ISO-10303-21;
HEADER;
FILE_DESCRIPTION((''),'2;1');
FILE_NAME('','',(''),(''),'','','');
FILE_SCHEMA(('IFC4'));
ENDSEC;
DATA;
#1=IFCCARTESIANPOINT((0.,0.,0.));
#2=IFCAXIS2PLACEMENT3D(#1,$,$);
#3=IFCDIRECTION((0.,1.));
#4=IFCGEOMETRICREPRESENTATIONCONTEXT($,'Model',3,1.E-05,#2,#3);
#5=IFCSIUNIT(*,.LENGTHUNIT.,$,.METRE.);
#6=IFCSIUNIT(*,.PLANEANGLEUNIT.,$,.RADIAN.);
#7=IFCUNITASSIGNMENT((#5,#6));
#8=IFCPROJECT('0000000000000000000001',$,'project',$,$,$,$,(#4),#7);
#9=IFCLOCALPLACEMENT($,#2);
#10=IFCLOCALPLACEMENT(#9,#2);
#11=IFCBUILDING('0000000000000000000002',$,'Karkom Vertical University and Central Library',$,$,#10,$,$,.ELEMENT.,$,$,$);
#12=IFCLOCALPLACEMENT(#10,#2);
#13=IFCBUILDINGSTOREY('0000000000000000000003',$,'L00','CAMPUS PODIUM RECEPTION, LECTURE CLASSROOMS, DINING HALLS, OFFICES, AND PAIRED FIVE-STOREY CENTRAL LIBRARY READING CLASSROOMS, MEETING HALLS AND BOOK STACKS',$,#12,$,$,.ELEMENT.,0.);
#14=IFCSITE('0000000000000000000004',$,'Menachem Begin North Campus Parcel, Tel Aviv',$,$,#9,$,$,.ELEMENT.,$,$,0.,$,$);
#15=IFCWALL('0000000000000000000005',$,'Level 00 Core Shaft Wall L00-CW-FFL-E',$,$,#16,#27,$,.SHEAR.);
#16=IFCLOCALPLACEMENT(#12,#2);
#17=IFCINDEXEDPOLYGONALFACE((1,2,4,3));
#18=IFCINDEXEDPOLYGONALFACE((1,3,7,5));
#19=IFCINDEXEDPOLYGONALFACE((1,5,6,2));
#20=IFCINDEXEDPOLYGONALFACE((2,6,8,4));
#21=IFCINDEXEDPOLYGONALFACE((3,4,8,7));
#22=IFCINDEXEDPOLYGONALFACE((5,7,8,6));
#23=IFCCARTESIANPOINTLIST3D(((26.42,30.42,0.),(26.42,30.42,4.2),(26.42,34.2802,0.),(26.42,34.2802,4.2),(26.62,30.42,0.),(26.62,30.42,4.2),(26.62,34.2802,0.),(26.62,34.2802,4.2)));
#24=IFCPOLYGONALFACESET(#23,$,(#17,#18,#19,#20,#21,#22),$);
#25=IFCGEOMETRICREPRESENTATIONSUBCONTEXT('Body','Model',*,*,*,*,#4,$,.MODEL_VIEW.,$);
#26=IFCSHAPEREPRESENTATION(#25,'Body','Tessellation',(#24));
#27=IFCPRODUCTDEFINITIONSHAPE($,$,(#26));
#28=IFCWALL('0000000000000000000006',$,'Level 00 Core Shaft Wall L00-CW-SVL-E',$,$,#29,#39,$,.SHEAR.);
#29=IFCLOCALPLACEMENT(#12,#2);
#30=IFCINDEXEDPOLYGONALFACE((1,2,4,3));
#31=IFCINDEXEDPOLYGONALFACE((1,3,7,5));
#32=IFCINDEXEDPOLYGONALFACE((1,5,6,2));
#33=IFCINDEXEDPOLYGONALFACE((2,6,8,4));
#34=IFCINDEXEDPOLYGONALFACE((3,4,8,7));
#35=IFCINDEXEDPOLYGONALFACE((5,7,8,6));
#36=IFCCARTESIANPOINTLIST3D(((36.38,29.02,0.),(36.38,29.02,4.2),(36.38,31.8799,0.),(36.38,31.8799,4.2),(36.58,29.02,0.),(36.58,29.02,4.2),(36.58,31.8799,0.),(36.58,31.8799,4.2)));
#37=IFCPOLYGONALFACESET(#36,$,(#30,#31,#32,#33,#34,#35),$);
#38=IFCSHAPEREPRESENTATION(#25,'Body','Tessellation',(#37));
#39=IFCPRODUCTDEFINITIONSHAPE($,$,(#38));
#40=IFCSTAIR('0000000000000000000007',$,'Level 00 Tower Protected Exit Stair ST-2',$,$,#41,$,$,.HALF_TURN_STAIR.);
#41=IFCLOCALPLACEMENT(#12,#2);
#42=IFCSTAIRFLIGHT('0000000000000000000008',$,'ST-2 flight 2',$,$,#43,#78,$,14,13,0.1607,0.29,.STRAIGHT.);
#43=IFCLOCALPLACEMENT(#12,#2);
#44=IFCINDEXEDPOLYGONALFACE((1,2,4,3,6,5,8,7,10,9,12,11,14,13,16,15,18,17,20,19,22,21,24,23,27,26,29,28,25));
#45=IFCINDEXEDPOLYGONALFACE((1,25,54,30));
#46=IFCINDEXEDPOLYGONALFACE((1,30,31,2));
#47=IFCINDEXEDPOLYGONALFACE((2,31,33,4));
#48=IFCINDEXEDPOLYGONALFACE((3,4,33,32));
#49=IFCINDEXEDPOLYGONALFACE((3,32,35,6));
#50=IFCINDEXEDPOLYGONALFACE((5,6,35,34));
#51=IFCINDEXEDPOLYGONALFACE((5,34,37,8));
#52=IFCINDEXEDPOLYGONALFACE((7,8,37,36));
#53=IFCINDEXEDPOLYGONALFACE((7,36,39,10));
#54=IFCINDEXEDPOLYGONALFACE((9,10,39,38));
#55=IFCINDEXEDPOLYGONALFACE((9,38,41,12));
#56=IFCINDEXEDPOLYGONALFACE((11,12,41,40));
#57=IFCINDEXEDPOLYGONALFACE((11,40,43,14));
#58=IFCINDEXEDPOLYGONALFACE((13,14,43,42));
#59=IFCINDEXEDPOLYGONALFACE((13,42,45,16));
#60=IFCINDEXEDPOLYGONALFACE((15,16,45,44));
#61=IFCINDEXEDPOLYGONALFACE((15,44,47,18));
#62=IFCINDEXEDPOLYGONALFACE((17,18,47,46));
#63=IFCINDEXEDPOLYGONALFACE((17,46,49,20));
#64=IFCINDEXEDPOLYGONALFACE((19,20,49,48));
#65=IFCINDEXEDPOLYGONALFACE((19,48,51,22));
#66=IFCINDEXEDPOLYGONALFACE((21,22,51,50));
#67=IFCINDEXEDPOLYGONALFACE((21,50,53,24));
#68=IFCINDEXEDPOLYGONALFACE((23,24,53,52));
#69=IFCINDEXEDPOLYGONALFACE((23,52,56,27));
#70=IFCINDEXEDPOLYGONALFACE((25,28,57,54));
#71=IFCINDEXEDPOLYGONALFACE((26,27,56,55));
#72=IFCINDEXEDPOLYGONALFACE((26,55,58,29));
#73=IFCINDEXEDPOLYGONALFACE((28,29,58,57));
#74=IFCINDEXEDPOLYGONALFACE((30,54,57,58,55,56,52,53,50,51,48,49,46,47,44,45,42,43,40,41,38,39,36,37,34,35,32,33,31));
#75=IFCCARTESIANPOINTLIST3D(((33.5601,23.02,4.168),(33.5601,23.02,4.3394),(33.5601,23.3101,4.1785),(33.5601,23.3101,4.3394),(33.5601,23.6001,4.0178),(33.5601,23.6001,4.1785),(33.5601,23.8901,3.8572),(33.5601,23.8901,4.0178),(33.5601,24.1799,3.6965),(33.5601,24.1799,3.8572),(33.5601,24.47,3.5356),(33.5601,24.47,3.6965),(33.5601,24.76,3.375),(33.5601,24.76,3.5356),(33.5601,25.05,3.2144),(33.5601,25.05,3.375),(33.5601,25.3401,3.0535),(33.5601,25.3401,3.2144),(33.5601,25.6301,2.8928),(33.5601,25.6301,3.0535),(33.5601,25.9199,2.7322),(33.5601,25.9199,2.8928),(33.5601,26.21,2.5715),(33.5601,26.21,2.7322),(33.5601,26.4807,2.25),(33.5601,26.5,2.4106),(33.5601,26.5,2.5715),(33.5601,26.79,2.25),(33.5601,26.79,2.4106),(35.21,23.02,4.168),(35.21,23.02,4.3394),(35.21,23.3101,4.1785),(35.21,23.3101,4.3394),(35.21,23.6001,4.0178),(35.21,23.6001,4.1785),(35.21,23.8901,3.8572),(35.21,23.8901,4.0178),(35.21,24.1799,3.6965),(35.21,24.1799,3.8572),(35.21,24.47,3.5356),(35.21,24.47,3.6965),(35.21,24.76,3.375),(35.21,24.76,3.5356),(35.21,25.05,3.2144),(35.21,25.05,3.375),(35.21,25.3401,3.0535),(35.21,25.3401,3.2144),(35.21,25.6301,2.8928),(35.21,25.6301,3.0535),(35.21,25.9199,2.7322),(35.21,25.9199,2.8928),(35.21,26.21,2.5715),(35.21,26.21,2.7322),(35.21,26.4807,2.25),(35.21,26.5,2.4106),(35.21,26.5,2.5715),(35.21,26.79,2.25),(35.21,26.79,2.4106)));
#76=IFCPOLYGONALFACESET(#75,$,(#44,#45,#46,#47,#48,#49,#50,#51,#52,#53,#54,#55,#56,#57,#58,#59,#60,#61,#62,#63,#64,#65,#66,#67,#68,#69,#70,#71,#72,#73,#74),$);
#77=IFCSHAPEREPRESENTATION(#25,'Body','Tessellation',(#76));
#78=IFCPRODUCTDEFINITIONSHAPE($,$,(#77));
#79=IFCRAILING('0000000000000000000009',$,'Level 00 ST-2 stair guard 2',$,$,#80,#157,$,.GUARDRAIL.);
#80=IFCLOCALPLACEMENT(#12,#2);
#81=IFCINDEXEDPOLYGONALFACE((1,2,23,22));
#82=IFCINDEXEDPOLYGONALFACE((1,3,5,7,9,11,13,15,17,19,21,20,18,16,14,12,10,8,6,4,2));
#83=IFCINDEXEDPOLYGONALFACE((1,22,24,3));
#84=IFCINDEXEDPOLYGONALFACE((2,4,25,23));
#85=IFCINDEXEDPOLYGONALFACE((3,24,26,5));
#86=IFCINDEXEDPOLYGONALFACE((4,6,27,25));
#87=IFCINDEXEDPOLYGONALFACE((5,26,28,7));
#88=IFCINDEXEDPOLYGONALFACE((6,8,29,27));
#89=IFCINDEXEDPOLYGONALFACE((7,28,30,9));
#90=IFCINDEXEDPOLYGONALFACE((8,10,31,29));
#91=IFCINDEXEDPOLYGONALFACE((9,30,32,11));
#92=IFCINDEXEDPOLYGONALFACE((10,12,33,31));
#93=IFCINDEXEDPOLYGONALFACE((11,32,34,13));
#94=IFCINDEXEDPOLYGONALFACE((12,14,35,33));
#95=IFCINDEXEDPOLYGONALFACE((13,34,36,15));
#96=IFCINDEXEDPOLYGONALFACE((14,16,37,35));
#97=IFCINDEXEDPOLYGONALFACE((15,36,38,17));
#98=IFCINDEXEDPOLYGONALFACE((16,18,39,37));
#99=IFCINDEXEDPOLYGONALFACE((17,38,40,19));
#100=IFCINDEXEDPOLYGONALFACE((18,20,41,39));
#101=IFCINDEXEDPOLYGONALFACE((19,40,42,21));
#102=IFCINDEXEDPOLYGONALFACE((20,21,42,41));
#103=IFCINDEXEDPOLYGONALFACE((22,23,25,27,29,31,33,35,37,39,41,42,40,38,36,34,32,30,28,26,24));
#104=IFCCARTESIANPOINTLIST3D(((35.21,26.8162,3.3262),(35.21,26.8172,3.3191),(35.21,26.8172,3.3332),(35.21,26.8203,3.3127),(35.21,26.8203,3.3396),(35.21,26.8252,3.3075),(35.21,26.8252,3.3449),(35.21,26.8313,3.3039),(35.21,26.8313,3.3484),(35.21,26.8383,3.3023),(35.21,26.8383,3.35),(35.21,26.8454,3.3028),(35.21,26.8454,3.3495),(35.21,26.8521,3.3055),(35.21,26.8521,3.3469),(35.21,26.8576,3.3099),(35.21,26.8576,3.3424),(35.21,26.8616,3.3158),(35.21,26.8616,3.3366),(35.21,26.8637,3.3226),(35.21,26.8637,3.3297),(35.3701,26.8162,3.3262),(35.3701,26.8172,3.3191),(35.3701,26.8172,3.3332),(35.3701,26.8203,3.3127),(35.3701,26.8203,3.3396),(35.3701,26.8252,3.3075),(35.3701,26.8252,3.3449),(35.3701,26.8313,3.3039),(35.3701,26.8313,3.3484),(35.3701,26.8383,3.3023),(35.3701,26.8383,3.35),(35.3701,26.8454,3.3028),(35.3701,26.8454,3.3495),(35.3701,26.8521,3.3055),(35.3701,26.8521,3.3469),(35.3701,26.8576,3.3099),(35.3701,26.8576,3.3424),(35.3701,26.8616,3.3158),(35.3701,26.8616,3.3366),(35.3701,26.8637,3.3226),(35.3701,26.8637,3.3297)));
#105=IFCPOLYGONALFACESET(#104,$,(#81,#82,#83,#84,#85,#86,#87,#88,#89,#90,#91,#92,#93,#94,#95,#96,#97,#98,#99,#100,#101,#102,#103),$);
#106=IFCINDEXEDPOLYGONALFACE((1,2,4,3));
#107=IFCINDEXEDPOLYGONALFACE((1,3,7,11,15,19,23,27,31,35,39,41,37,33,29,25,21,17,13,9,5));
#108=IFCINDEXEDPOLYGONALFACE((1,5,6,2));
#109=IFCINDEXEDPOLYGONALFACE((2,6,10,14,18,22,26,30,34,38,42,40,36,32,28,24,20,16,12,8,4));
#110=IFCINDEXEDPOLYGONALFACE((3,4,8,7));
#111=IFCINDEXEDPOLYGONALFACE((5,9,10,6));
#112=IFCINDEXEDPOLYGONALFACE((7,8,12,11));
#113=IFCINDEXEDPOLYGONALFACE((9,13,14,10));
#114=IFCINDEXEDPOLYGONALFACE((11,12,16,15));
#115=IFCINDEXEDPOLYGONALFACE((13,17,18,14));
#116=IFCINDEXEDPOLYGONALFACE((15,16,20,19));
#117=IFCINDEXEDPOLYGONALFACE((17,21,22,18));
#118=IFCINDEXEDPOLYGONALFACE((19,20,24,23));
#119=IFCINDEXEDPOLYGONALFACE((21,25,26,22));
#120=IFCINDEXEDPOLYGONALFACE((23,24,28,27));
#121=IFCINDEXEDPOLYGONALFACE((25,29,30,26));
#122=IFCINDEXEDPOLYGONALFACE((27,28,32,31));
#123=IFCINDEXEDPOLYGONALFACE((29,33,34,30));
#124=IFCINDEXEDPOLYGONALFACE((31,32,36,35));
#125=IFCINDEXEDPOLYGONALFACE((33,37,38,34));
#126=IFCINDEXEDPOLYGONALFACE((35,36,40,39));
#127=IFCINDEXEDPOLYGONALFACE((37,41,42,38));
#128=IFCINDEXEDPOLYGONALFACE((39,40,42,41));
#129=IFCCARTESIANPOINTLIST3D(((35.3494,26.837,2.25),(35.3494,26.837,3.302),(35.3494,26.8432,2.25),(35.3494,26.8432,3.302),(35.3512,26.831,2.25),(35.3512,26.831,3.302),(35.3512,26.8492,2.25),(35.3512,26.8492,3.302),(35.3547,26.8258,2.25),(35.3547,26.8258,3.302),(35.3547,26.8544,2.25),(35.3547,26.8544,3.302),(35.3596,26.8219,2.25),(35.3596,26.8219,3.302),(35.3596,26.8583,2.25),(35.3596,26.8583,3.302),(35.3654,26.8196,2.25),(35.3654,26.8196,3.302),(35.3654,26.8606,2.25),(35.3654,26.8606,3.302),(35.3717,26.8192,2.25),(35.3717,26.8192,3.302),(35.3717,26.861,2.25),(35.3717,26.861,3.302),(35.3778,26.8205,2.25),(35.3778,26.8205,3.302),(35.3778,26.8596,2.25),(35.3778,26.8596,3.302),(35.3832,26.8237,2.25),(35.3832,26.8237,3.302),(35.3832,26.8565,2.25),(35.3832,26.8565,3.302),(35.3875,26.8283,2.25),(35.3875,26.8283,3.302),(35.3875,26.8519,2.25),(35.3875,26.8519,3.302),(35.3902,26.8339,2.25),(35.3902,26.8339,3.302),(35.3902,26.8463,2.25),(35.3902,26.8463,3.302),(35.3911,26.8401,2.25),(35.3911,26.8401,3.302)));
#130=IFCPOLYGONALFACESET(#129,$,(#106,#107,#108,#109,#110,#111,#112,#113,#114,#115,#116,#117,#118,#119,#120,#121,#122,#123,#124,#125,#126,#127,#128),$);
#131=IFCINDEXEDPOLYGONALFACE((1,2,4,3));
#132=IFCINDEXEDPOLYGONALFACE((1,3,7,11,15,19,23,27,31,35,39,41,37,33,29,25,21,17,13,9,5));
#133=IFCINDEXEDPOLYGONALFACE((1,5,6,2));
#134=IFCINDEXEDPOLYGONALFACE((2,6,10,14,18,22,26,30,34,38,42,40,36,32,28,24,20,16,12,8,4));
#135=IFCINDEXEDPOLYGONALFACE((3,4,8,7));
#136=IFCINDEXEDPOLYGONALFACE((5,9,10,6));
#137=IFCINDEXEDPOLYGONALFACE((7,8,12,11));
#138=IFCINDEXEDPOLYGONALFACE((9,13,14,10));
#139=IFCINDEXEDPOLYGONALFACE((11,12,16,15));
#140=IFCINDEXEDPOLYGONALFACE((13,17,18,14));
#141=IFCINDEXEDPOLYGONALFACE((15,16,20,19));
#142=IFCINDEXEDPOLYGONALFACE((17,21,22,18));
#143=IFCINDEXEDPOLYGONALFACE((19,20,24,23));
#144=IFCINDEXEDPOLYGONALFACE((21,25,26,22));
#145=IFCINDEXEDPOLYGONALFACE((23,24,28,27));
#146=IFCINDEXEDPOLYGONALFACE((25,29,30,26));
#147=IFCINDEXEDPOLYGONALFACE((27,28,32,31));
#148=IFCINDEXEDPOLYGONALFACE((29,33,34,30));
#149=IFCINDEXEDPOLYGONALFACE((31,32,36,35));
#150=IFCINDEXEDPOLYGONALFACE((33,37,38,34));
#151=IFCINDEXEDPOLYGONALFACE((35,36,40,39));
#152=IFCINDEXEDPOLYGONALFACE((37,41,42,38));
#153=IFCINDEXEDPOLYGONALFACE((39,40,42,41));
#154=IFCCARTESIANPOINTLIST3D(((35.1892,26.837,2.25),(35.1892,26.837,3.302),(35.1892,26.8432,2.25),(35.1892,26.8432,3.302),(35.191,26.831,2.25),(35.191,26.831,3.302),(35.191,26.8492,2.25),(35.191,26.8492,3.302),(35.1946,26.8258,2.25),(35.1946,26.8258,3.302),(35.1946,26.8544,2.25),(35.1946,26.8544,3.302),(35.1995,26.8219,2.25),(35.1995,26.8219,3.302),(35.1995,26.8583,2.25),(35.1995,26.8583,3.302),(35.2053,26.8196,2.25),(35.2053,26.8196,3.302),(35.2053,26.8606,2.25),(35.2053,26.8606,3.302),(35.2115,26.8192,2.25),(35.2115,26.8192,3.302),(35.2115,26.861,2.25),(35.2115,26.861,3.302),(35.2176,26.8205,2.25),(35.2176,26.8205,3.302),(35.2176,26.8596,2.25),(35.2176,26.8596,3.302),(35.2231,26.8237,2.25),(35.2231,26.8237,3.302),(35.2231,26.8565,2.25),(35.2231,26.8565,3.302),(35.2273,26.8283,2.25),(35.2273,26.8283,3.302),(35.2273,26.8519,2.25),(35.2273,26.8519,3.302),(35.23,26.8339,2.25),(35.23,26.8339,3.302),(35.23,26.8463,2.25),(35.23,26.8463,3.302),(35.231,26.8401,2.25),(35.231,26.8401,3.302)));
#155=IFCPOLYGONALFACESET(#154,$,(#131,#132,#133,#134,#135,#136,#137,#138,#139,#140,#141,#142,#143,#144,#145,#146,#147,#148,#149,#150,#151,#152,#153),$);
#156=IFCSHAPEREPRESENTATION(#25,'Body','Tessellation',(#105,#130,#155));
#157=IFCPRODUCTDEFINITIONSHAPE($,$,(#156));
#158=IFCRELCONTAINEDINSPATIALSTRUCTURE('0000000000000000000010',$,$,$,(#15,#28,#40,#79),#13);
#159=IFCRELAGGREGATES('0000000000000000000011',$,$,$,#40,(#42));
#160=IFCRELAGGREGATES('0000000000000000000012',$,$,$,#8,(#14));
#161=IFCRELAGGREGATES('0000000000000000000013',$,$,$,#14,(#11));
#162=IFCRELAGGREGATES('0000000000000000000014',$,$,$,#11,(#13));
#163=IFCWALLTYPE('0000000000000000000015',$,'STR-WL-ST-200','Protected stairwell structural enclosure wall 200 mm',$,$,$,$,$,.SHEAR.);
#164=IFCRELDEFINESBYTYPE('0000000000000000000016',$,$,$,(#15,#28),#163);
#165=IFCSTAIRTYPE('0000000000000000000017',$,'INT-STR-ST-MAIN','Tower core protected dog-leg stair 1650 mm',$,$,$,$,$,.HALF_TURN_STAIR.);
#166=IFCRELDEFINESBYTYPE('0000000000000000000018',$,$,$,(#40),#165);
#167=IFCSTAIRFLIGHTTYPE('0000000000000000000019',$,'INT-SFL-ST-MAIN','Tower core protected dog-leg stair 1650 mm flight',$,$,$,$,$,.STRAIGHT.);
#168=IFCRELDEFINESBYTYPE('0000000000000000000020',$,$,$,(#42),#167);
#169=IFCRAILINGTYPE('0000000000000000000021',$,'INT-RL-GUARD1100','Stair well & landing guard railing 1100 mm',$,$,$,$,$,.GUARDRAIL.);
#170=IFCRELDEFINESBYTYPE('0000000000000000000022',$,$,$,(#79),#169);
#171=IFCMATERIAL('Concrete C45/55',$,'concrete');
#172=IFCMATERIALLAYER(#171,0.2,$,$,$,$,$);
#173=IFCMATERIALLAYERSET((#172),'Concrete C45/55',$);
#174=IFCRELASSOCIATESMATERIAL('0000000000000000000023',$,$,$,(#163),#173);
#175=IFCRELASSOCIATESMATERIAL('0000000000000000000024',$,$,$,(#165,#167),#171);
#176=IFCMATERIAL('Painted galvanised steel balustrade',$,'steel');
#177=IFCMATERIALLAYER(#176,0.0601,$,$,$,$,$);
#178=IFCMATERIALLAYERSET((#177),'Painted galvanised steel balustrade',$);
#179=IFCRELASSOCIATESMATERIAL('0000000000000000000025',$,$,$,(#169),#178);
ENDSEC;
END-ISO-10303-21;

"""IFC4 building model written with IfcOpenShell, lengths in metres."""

from ifc_helpers import new_model, si_unit, direction, frame, frame_2d, origin, origin_2d, place, context, subcontext, project, spatial, polyline, rectangle, circle, outline, extrude, material, layer, layer_set, type_object, element, aggregate, save


model = new_model("IFC4")

# Units and contexts
model_context = context("Model", 3, precision=1e-05, world=origin(), true_north=direction((0.0, 1.0)))
body_context = subcontext(model_context, "Body", "Model", "MODEL_VIEW")
ifc_project = project(units=[si_unit("LENGTHUNIT", "METRE"), si_unit("PLANEANGLEUNIT", "RADIAN")], contexts=[model_context])

# Site, building, storey
site_placement = place(None, origin())
site = spatial("IfcSite", under=ifc_project, at=site_placement, Name="Menachem Begin North Campus Parcel, Tel Aviv", CompositionType="ELEMENT", RefElevation=0.0)
building_placement = place(site_placement, origin())
building = spatial("IfcBuilding", under=site, at=building_placement, Name="Karkom Vertical University and Central Library", CompositionType="ELEMENT")
storey_placement = place(building_placement, origin())
storey = spatial("IfcBuildingStorey", under=building, at=storey_placement, Name="L00", Description="CAMPUS PODIUM RECEPTION, LECTURE CLASSROOMS, DINING HALLS, OFFICES, AND PAIRED FIVE-STOREY CENTRAL LIBRARY READING CLASSROOMS, MEETING HALLS AND BOOK STACKS", CompositionType="ELEMENT", Elevation=0.0)

# Walls
ifc_material_1 = material(Name="Concrete C45/55", Category="concrete")
ifc_layer_1 = layer(ifc_material_1, 0.2)
ifc_layer_set_1 = layer_set([ifc_layer_1], Name="Concrete C45/55")
wall_type_1 = type_object("IfcWallType", Name="STR-WL-ST-200", Description="Protected stairwell structural enclosure wall 200 mm", PredefinedType="SHEAR", material=ifc_layer_set_1)
wall_1_placement = place(storey_placement, frame((26.52, 30.4199, 0.0), z_axis=(0.0, 0.0, 1.0), x_axis=(0.0, 1.0, 0.0)))
element("IfcWall", 1, at=wall_1_placement, inside=storey, type_object=wall_type_1, Name="Level 00 Core Shaft Wall L00-CW-FFL-E", PredefinedType="SHEAR", context=body_context, shape_type="SweptSolid", body=[
    extrude(rectangle(XDim=3.8601, YDim=0.2, at=frame_2d((1.9302, 0.0))), origin(), (0.0, 0.0, 1.0), 4.2),
])
wall_2_placement = place(storey_placement, frame((36.48, 29.02, 0.0), z_axis=(0.0, 0.0, 1.0), x_axis=(0.0, 1.0, 0.0)))
element("IfcWall", 2, at=wall_2_placement, inside=storey, type_object=wall_type_1, Name="Level 00 Core Shaft Wall L00-CW-SVL-E", PredefinedType="SHEAR", context=body_context, shape_type="SweptSolid", body=[
    extrude(rectangle(XDim=2.8599, YDim=0.2, at=frame_2d((1.4299, 0.0))), origin(), (0.0, 0.0, 1.0), 4.2),
])

# Stair, stair flight
stair_type = type_object("IfcStairType", Name="INT-STR-ST-MAIN", Description="Tower core protected dog-leg stair 1650 mm", PredefinedType="HALF_TURN_STAIR", material=ifc_material_1)
stair_placement = place(storey_placement, origin())
stair = element("IfcStair", 3, at=stair_placement, inside=storey, type_object=stair_type, Name="Level 00 Tower Protected Exit Stair ST-2", PredefinedType="HALF_TURN_STAIR")
stair_flight_type = type_object("IfcStairFlightType", Name="INT-SFL-ST-MAIN", Description="Tower core protected dog-leg stair 1650 mm flight", PredefinedType="STRAIGHT", material=ifc_material_1)
stair_flight_placement = place(storey_placement, frame((34.385, 26.79, 2.25), z_axis=(0.0, 0.0, 1.0), x_axis=(0.0, -1.0, 0.0)))
stair_flight = element("IfcStairFlight", 4, at=stair_flight_placement, type_object=stair_flight_type, Name="ST-2 flight 2", NumberOfRisers=14, NumberOfTreads=13, PredefinedType="STRAIGHT", RiserHeight=0.1607, TreadLength=0.29, context=body_context, shape_type="SweptSolid", body=[
    extrude(outline(polyline([(0.0, 0.0), (0.0, 0.1606), (0.29, 0.1606), (0.29, 0.3215), (0.5801, 0.3215), (0.5801, 0.4822), (0.8701, 0.4822), (0.8701, 0.6428), (1.1599, 0.6428), (1.1599, 0.8035), (1.45, 0.8035), (1.45, 0.9644), (1.74, 0.9644), (1.74, 1.125), (2.03, 1.125), (2.03, 1.2856), (2.3201, 1.2856), (2.3201, 1.4465), (2.6101, 1.4465), (2.6101, 1.6072), (2.8999, 1.6072), (2.8999, 1.7678), (3.1899, 1.7678), (3.1899, 1.9285), (3.48, 1.9285), (3.48, 2.0894), (3.77, 2.0894), (3.77, 2.25), (3.77, 1.918), (0.3093, 0.0), (0.0, 0.0)])), frame((0.0, 0.825, 0.0), z_axis=(0.0, -1.0, 0.0), x_axis=(1.0, 0.0, 0.0)), (0.0, 0.0, 1.0), 1.6499),
])
aggregate(stair, [stair_flight])

# Railing
ifc_material_2 = material(Name="Painted galvanised steel balustrade", Category="steel")
ifc_layer_2 = layer(ifc_material_2, 0.0601)
ifc_layer_set_2 = layer_set([ifc_layer_2], Name="Painted galvanised steel balustrade")
railing_type_1 = type_object("IfcRailingType", Name="INT-RL-GUARD1100", Description="Stair well & landing guard railing 1100 mm", PredefinedType="GUARDRAIL", material=ifc_layer_set_2)
railing_1_placement = place(storey_placement, frame((35.3701, 26.8401, 2.25)))
element("IfcRailing", 5, at=railing_1_placement, inside=storey, type_object=railing_type_1, Name="Level 00 ST-2 stair guard 2", PredefinedType="GUARDRAIL", context=body_context, shape_type="SweptSolid", body=[
    extrude(circle(Radius=0.0239, at=origin_2d()), frame((0.0, 0.0, 1.0762), z_axis=(-1.0, 0.0, 0.0), x_axis=(0.0, -1.0, 0.0)), (0.0, 0.0, 1.0), 0.1602),
    extrude(circle(Radius=0.021, at=origin_2d()), origin(), (0.0, 0.0, 1.0), 1.052),
    extrude(circle(Radius=0.021, at=origin_2d()), frame((-0.1602, 0.0, 0.0)), (0.0, 0.0, 1.0), 1.052),
])

save(model, "model.ifc")
